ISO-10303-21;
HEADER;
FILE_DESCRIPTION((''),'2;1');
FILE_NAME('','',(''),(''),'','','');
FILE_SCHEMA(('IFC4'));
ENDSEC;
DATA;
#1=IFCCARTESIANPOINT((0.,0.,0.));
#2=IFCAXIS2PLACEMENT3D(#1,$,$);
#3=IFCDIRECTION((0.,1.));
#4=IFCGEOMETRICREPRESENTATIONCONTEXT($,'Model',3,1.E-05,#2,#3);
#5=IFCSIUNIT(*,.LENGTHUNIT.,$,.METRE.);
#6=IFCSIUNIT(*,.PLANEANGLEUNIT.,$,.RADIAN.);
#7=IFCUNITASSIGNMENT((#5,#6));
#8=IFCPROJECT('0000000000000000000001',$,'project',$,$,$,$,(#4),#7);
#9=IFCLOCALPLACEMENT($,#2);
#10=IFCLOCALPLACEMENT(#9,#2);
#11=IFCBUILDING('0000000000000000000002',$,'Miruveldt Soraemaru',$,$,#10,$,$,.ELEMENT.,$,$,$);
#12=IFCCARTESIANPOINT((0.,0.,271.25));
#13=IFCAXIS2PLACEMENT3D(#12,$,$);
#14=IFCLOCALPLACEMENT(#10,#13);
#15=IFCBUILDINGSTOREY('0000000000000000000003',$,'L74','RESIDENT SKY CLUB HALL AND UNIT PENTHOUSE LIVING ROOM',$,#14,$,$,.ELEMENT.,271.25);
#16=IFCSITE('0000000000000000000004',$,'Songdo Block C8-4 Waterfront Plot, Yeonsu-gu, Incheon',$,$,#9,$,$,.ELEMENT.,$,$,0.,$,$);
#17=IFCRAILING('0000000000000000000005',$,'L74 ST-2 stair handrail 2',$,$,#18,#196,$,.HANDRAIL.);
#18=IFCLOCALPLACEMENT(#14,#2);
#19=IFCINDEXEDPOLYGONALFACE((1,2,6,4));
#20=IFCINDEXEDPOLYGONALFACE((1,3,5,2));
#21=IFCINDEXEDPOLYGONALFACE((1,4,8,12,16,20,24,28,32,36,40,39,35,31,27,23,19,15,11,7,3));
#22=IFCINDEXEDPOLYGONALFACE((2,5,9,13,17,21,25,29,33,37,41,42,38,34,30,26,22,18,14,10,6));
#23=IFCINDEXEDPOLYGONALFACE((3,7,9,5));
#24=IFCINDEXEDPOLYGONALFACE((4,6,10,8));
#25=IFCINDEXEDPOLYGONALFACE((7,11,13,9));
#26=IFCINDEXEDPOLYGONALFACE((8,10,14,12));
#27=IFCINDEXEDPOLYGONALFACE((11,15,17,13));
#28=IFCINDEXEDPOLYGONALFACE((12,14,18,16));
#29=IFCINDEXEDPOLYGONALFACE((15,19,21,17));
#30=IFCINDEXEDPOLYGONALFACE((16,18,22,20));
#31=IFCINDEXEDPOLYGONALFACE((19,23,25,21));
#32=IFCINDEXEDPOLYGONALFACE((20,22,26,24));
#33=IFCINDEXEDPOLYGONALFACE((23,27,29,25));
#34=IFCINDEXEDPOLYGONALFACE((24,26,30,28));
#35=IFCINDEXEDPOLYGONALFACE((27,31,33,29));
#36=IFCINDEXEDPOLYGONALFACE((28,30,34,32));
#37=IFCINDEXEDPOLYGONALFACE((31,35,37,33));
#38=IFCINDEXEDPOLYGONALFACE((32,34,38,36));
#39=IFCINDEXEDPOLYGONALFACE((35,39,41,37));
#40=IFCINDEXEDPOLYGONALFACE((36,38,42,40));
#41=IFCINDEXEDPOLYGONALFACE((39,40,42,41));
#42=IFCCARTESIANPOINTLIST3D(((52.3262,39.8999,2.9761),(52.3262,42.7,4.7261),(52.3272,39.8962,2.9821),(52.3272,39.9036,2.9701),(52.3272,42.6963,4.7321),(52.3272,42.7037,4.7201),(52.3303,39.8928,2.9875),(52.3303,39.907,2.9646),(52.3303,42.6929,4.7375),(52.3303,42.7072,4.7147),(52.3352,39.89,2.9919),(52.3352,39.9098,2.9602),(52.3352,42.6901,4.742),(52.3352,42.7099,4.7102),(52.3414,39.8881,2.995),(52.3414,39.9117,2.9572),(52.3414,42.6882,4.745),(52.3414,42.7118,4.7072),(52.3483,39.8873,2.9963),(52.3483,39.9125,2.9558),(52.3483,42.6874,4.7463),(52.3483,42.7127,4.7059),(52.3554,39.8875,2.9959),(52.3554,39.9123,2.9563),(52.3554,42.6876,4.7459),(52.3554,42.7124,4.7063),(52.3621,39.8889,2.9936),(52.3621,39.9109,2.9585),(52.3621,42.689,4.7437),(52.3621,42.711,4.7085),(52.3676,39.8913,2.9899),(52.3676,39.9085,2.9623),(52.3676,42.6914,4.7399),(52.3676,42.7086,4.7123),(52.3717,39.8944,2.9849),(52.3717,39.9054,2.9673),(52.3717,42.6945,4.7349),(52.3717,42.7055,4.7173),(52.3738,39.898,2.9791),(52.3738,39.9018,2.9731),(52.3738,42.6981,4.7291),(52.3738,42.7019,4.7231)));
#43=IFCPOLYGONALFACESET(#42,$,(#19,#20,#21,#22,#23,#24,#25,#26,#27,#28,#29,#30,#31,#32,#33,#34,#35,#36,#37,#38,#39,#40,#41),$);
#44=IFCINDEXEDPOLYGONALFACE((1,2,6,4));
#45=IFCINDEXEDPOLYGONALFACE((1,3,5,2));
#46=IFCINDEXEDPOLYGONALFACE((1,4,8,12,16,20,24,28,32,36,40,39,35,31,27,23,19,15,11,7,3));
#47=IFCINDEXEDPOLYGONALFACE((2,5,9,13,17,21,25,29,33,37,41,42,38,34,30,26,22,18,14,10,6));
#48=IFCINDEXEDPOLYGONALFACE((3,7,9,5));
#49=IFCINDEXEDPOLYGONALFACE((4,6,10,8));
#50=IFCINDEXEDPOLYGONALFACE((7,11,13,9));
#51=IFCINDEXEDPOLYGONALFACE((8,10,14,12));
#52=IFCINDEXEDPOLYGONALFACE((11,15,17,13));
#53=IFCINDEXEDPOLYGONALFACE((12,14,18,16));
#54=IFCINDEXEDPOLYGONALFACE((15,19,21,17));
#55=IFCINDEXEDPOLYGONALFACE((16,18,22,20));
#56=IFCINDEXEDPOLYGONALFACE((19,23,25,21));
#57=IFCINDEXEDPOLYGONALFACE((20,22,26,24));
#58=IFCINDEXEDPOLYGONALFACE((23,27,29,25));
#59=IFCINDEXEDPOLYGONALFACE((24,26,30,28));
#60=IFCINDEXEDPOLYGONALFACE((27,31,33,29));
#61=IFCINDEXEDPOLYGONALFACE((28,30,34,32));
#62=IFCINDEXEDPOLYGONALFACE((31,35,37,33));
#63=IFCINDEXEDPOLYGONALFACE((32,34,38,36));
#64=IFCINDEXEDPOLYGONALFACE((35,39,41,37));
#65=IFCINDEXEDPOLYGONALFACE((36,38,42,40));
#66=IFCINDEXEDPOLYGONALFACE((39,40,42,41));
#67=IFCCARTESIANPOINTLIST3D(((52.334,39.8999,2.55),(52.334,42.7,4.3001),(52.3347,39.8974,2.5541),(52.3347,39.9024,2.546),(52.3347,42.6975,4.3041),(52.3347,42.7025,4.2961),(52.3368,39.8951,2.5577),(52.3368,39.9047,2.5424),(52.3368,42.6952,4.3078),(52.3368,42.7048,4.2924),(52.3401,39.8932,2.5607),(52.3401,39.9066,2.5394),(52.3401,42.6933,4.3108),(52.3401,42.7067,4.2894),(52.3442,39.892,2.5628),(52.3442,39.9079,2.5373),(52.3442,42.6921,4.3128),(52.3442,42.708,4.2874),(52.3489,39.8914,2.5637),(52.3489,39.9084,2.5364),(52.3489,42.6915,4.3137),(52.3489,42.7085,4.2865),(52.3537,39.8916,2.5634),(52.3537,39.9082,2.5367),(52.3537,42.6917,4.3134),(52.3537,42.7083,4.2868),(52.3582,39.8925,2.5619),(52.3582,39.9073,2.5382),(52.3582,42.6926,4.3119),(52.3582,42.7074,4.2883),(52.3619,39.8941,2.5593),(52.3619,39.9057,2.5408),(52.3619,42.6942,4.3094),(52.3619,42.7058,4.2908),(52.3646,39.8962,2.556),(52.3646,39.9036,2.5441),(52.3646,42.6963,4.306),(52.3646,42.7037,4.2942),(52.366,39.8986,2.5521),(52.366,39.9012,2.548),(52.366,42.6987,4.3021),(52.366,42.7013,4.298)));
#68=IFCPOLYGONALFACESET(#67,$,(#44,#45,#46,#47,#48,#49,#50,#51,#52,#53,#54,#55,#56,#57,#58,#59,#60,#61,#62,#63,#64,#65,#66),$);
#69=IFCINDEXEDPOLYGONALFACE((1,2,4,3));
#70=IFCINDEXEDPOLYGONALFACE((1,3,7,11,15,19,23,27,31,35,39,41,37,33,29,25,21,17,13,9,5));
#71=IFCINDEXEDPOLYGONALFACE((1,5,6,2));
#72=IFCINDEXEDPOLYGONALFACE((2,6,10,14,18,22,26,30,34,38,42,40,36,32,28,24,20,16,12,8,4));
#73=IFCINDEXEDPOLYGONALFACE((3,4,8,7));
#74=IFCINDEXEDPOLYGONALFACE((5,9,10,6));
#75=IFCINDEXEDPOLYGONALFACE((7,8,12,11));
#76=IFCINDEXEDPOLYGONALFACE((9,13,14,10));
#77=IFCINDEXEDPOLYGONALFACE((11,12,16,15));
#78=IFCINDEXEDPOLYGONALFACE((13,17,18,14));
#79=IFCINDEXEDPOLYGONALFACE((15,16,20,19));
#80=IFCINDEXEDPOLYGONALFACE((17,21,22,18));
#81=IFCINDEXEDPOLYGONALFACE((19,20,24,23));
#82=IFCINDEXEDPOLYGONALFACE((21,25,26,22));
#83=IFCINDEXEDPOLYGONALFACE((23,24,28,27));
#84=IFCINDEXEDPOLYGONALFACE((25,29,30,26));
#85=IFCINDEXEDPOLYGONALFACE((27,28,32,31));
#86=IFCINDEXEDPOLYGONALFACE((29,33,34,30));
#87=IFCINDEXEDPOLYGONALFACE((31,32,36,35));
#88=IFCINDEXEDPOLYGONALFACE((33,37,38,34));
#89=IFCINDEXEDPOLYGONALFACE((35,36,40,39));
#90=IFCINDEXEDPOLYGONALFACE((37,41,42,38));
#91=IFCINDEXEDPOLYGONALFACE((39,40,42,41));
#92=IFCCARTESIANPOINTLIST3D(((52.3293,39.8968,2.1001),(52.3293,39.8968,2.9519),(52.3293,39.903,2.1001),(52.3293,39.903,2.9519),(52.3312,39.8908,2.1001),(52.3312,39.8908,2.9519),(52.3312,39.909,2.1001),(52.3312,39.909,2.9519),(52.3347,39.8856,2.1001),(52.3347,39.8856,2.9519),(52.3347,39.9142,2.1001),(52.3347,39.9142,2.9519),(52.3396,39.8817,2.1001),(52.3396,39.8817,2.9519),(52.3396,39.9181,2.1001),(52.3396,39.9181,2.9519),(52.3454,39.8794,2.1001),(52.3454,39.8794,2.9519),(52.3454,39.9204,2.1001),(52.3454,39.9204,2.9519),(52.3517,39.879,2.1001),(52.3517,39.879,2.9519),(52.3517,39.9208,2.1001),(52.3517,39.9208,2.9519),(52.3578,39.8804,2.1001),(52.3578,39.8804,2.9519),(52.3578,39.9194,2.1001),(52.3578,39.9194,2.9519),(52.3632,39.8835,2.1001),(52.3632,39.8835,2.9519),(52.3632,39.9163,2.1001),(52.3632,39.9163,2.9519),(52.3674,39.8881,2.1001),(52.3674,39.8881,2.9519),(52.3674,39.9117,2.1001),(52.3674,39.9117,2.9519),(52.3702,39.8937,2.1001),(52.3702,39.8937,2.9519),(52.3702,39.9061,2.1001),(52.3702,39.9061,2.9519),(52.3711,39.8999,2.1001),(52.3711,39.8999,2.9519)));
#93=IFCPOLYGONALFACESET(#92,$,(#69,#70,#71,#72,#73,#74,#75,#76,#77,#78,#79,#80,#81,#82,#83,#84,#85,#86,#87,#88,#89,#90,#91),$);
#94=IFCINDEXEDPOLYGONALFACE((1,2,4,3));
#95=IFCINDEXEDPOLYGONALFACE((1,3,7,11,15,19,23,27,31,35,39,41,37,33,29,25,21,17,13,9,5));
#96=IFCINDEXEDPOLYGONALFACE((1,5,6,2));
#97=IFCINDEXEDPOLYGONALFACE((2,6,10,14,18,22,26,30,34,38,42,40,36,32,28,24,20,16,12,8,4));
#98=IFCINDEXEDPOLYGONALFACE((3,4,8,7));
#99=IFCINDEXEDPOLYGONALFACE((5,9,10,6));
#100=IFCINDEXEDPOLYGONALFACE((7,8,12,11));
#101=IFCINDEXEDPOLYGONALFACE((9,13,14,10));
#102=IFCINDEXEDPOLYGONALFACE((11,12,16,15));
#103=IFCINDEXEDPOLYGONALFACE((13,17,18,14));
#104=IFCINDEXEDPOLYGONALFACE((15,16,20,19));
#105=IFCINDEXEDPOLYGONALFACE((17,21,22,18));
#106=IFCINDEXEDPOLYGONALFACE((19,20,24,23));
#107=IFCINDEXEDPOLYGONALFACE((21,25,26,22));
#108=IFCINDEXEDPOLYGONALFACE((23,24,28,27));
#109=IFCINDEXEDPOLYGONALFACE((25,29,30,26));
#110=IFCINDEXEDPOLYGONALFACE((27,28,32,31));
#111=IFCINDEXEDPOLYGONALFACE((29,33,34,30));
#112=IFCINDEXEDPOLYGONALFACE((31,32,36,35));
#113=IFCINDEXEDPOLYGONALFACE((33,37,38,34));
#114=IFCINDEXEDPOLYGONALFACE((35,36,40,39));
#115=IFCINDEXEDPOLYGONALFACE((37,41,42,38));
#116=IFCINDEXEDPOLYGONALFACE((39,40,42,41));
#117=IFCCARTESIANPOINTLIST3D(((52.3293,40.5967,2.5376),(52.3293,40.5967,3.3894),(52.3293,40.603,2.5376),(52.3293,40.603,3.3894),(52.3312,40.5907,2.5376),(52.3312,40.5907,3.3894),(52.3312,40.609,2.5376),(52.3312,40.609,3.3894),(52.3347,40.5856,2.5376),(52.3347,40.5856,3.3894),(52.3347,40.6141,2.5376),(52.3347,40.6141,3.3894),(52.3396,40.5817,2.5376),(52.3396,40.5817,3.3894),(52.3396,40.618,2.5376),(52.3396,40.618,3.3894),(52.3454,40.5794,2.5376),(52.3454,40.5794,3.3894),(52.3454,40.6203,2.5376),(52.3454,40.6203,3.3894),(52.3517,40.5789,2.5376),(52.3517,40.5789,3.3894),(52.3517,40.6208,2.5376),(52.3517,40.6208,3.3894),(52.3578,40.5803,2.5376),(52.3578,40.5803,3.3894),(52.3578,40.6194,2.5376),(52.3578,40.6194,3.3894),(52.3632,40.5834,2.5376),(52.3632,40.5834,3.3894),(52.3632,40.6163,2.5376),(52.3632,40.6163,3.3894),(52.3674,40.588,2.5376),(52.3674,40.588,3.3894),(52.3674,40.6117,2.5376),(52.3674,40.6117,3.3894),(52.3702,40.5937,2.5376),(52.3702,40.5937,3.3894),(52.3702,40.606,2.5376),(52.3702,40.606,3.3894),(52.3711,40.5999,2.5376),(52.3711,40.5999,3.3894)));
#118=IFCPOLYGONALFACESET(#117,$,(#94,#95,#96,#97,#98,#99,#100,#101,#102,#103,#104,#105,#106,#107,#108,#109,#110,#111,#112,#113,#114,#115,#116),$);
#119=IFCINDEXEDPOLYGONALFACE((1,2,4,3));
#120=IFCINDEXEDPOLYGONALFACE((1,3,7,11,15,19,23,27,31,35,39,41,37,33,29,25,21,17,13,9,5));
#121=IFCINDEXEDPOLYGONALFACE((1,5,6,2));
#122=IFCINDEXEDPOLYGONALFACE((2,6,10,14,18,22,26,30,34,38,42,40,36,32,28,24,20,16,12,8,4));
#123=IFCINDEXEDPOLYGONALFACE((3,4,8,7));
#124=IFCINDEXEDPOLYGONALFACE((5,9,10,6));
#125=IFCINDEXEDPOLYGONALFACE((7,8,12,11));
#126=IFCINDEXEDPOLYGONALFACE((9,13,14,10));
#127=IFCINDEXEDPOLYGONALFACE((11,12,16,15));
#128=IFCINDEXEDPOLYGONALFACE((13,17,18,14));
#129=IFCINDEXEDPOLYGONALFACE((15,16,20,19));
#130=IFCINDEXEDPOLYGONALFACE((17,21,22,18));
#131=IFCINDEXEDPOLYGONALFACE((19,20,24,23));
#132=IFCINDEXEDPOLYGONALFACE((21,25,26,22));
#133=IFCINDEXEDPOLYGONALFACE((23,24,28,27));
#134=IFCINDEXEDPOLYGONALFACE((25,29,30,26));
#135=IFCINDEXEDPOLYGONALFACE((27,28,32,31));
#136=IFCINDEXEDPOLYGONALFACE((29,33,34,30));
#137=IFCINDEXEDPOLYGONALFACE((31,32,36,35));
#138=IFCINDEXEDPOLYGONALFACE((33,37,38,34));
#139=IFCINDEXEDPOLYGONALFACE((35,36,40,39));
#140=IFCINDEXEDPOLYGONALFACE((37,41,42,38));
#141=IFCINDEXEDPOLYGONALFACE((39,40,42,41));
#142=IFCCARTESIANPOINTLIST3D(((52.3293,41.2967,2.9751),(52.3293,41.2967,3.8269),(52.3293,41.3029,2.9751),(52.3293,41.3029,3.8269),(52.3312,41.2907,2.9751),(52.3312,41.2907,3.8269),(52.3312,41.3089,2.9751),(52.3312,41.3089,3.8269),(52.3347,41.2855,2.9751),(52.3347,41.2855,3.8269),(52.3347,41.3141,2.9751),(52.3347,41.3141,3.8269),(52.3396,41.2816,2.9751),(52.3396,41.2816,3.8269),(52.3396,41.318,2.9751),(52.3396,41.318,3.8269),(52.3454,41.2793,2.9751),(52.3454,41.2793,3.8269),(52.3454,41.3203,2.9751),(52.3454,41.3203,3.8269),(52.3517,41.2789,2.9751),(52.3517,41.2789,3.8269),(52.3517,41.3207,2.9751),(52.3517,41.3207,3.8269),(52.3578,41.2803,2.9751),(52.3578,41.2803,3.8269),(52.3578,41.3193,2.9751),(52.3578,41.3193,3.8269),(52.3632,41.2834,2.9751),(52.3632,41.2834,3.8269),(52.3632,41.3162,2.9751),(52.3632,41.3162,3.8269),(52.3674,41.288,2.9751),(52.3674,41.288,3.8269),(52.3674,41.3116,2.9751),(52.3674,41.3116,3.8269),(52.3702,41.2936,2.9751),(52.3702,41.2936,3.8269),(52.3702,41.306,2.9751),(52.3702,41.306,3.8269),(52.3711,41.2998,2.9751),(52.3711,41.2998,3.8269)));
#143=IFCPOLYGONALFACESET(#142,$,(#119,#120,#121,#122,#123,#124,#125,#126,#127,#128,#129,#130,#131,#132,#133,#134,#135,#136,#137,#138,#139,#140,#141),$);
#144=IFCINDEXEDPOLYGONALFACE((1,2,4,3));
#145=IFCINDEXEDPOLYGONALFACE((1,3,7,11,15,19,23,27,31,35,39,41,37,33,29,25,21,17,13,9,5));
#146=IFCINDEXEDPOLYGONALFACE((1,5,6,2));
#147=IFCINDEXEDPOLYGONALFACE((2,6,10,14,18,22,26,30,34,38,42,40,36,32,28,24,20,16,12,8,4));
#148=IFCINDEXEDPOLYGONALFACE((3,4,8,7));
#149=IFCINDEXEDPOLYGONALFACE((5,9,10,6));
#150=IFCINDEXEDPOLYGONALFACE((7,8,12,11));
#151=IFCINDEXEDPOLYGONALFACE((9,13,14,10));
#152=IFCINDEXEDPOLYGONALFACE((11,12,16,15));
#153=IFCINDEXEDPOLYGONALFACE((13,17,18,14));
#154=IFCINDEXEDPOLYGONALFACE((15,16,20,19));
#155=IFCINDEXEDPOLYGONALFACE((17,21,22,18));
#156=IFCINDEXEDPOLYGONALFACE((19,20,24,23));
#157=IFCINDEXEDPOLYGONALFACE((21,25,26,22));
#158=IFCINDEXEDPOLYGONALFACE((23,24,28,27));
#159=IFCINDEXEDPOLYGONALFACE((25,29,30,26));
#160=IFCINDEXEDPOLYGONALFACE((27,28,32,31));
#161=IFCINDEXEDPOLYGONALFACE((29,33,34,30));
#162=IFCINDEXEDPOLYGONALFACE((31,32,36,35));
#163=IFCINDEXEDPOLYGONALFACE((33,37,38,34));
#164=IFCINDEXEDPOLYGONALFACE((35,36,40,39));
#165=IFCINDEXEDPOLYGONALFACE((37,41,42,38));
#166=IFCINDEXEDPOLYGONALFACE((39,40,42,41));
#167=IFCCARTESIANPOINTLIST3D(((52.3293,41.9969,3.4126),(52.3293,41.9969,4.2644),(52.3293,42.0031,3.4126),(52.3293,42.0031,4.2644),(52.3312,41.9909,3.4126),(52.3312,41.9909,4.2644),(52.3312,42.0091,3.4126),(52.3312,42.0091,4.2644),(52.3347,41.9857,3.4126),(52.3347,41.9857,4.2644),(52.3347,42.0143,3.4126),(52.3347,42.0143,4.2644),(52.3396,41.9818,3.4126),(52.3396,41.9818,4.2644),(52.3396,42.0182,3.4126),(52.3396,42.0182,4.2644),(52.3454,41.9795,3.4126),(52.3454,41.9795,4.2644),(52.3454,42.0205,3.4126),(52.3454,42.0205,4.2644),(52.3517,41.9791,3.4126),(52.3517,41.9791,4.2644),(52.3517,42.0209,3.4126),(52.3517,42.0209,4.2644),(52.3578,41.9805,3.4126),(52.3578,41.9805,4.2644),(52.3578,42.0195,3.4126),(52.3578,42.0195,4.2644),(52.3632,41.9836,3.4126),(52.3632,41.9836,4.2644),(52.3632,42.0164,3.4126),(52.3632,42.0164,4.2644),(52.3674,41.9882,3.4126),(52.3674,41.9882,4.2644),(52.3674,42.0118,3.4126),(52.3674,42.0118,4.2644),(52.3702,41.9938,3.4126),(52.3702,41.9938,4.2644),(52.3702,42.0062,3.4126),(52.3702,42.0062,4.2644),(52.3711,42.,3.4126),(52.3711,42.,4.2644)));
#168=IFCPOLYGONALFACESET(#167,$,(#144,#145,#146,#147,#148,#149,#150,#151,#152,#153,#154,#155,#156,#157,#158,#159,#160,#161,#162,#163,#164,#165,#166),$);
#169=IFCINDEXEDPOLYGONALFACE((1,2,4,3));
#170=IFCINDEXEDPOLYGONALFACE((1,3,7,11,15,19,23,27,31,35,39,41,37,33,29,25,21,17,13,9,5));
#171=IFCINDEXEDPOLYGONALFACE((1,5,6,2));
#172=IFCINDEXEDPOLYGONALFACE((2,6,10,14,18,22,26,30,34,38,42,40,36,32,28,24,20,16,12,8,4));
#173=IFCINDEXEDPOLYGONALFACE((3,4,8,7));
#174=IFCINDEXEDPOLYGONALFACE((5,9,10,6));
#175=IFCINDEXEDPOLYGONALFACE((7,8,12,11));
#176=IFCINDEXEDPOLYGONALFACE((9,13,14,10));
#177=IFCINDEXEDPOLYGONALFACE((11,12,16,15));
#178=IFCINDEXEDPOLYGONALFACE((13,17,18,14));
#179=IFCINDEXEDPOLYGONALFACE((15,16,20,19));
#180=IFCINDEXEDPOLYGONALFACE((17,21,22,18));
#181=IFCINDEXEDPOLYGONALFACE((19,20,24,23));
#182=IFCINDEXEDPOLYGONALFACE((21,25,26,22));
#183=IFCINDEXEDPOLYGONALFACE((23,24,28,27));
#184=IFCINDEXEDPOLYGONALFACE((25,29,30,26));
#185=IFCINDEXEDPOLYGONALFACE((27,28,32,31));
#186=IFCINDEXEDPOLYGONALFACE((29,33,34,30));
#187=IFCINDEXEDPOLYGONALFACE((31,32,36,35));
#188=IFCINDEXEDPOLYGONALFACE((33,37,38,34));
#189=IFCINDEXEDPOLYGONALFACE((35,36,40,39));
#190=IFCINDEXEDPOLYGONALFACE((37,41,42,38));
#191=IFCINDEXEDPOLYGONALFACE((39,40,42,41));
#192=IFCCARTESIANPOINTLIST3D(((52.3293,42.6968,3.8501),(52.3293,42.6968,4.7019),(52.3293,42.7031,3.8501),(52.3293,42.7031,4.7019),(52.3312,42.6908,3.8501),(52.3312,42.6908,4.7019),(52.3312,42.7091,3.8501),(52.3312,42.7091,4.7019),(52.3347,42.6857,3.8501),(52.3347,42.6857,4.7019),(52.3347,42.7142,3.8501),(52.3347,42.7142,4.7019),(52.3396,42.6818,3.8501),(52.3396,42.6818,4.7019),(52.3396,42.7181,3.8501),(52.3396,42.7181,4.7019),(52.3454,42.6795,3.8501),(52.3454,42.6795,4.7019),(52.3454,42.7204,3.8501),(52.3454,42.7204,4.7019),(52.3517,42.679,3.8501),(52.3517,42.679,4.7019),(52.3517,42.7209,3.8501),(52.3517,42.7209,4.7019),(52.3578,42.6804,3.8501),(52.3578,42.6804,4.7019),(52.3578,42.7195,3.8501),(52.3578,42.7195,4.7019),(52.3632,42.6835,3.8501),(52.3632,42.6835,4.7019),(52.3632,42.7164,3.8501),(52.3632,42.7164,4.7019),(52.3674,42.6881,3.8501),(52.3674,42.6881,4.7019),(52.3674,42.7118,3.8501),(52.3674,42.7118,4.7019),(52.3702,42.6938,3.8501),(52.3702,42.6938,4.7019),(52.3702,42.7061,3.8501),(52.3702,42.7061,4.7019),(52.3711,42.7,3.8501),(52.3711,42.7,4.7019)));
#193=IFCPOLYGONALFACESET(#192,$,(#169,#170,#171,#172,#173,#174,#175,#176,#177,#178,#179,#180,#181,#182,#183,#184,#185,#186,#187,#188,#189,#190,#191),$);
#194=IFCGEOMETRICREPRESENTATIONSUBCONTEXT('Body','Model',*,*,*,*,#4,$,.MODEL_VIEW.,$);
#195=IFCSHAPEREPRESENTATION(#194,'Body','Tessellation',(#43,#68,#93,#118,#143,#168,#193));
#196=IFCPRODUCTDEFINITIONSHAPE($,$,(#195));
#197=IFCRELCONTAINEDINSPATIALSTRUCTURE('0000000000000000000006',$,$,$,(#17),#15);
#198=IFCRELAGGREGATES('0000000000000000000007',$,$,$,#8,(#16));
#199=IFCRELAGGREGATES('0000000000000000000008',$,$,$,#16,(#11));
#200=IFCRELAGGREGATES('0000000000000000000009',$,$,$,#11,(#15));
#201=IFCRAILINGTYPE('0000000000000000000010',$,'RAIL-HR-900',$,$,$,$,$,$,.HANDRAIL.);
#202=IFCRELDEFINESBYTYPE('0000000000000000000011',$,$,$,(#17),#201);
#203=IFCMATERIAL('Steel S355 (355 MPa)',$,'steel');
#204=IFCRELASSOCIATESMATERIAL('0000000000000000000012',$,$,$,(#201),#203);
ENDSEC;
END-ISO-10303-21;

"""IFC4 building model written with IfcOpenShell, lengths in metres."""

from ifc_helpers import new_model, si_unit, direction, frame, origin, origin_2d, place, context, subcontext, project, spatial, circle, extrude, material, type_object, element, save


model = new_model("IFC4")

# Units and contexts
model_context = context("Model", 3, precision=1e-05, world=origin(), true_north=direction((0.0, 1.0)))
body_context = subcontext(model_context, "Body", "Model", "MODEL_VIEW")
ifc_project = project(units=[si_unit("LENGTHUNIT", "METRE"), si_unit("PLANEANGLEUNIT", "RADIAN")], contexts=[model_context])

# Site, building, storey
site_placement = place(None, origin())
site = spatial("IfcSite", under=ifc_project, at=site_placement, Name="Songdo Block C8-4 Waterfront Plot, Yeonsu-gu, Incheon", CompositionType="ELEMENT", RefElevation=0.0)
building_placement = place(site_placement, origin())
building = spatial("IfcBuilding", under=site, at=building_placement, Name="Miruveldt Soraemaru", CompositionType="ELEMENT")
storey_placement = place(building_placement, frame((0.0, 0.0, 271.25)))
storey = spatial("IfcBuildingStorey", under=building, at=storey_placement, Name="L74", Description="RESIDENT SKY CLUB HALL AND UNIT PENTHOUSE LIVING ROOM", CompositionType="ELEMENT", Elevation=271.25)

# Railing
ifc_material_1 = material(Name="Steel S355 (355 MPa)", Category="steel")
railing_type_1 = type_object("IfcRailingType", Name="RAIL-HR-900", PredefinedType="HANDRAIL", material=ifc_material_1)
railing_1_placement = place(storey_placement, frame((52.3501, 39.8999, 2.1001)))
element("IfcRailing", 1, at=railing_1_placement, inside=storey, type_object=railing_type_1, Name="L74 ST-2 stair handrail 2", PredefinedType="HANDRAIL", context=body_context, shape_type="SweptSolid", body=[
    extrude(circle(Radius=0.0239, at=origin_2d()), frame((0.0, 0.0, 0.876), z_axis=(0.0, 0.848002, 0.529992), x_axis=(-1.0, 0.0, 0.0)), (0.0, 0.0, 1.0), 3.302),
    extrude(circle(Radius=0.0161, at=origin_2d()), frame((0.0, 0.0, 0.45), z_axis=(0.0, 0.848002, 0.529992), x_axis=(-1.0, 0.0, 0.0)), (0.0, 0.0, 1.0), 3.302),
    extrude(circle(Radius=0.021, at=origin_2d()), origin(), (0.0, 0.0, 1.0), 0.8518),
    extrude(circle(Radius=0.021, at=origin_2d()), frame((0.0, 0.7, 0.4375)), (0.0, 0.0, 1.0), 0.8518),
    extrude(circle(Radius=0.021, at=origin_2d()), frame((0.0, 1.3999, 0.875)), (0.0, 0.0, 1.0), 0.8518),
    extrude(circle(Radius=0.021, at=origin_2d()), frame((0.0, 2.1001, 1.3125)), (0.0, 0.0, 1.0), 0.8518),
    extrude(circle(Radius=0.021, at=origin_2d()), frame((0.0, 2.8, 1.75)), (0.0, 0.0, 1.0), 0.8518),
])

save(model, "model.ifc")
